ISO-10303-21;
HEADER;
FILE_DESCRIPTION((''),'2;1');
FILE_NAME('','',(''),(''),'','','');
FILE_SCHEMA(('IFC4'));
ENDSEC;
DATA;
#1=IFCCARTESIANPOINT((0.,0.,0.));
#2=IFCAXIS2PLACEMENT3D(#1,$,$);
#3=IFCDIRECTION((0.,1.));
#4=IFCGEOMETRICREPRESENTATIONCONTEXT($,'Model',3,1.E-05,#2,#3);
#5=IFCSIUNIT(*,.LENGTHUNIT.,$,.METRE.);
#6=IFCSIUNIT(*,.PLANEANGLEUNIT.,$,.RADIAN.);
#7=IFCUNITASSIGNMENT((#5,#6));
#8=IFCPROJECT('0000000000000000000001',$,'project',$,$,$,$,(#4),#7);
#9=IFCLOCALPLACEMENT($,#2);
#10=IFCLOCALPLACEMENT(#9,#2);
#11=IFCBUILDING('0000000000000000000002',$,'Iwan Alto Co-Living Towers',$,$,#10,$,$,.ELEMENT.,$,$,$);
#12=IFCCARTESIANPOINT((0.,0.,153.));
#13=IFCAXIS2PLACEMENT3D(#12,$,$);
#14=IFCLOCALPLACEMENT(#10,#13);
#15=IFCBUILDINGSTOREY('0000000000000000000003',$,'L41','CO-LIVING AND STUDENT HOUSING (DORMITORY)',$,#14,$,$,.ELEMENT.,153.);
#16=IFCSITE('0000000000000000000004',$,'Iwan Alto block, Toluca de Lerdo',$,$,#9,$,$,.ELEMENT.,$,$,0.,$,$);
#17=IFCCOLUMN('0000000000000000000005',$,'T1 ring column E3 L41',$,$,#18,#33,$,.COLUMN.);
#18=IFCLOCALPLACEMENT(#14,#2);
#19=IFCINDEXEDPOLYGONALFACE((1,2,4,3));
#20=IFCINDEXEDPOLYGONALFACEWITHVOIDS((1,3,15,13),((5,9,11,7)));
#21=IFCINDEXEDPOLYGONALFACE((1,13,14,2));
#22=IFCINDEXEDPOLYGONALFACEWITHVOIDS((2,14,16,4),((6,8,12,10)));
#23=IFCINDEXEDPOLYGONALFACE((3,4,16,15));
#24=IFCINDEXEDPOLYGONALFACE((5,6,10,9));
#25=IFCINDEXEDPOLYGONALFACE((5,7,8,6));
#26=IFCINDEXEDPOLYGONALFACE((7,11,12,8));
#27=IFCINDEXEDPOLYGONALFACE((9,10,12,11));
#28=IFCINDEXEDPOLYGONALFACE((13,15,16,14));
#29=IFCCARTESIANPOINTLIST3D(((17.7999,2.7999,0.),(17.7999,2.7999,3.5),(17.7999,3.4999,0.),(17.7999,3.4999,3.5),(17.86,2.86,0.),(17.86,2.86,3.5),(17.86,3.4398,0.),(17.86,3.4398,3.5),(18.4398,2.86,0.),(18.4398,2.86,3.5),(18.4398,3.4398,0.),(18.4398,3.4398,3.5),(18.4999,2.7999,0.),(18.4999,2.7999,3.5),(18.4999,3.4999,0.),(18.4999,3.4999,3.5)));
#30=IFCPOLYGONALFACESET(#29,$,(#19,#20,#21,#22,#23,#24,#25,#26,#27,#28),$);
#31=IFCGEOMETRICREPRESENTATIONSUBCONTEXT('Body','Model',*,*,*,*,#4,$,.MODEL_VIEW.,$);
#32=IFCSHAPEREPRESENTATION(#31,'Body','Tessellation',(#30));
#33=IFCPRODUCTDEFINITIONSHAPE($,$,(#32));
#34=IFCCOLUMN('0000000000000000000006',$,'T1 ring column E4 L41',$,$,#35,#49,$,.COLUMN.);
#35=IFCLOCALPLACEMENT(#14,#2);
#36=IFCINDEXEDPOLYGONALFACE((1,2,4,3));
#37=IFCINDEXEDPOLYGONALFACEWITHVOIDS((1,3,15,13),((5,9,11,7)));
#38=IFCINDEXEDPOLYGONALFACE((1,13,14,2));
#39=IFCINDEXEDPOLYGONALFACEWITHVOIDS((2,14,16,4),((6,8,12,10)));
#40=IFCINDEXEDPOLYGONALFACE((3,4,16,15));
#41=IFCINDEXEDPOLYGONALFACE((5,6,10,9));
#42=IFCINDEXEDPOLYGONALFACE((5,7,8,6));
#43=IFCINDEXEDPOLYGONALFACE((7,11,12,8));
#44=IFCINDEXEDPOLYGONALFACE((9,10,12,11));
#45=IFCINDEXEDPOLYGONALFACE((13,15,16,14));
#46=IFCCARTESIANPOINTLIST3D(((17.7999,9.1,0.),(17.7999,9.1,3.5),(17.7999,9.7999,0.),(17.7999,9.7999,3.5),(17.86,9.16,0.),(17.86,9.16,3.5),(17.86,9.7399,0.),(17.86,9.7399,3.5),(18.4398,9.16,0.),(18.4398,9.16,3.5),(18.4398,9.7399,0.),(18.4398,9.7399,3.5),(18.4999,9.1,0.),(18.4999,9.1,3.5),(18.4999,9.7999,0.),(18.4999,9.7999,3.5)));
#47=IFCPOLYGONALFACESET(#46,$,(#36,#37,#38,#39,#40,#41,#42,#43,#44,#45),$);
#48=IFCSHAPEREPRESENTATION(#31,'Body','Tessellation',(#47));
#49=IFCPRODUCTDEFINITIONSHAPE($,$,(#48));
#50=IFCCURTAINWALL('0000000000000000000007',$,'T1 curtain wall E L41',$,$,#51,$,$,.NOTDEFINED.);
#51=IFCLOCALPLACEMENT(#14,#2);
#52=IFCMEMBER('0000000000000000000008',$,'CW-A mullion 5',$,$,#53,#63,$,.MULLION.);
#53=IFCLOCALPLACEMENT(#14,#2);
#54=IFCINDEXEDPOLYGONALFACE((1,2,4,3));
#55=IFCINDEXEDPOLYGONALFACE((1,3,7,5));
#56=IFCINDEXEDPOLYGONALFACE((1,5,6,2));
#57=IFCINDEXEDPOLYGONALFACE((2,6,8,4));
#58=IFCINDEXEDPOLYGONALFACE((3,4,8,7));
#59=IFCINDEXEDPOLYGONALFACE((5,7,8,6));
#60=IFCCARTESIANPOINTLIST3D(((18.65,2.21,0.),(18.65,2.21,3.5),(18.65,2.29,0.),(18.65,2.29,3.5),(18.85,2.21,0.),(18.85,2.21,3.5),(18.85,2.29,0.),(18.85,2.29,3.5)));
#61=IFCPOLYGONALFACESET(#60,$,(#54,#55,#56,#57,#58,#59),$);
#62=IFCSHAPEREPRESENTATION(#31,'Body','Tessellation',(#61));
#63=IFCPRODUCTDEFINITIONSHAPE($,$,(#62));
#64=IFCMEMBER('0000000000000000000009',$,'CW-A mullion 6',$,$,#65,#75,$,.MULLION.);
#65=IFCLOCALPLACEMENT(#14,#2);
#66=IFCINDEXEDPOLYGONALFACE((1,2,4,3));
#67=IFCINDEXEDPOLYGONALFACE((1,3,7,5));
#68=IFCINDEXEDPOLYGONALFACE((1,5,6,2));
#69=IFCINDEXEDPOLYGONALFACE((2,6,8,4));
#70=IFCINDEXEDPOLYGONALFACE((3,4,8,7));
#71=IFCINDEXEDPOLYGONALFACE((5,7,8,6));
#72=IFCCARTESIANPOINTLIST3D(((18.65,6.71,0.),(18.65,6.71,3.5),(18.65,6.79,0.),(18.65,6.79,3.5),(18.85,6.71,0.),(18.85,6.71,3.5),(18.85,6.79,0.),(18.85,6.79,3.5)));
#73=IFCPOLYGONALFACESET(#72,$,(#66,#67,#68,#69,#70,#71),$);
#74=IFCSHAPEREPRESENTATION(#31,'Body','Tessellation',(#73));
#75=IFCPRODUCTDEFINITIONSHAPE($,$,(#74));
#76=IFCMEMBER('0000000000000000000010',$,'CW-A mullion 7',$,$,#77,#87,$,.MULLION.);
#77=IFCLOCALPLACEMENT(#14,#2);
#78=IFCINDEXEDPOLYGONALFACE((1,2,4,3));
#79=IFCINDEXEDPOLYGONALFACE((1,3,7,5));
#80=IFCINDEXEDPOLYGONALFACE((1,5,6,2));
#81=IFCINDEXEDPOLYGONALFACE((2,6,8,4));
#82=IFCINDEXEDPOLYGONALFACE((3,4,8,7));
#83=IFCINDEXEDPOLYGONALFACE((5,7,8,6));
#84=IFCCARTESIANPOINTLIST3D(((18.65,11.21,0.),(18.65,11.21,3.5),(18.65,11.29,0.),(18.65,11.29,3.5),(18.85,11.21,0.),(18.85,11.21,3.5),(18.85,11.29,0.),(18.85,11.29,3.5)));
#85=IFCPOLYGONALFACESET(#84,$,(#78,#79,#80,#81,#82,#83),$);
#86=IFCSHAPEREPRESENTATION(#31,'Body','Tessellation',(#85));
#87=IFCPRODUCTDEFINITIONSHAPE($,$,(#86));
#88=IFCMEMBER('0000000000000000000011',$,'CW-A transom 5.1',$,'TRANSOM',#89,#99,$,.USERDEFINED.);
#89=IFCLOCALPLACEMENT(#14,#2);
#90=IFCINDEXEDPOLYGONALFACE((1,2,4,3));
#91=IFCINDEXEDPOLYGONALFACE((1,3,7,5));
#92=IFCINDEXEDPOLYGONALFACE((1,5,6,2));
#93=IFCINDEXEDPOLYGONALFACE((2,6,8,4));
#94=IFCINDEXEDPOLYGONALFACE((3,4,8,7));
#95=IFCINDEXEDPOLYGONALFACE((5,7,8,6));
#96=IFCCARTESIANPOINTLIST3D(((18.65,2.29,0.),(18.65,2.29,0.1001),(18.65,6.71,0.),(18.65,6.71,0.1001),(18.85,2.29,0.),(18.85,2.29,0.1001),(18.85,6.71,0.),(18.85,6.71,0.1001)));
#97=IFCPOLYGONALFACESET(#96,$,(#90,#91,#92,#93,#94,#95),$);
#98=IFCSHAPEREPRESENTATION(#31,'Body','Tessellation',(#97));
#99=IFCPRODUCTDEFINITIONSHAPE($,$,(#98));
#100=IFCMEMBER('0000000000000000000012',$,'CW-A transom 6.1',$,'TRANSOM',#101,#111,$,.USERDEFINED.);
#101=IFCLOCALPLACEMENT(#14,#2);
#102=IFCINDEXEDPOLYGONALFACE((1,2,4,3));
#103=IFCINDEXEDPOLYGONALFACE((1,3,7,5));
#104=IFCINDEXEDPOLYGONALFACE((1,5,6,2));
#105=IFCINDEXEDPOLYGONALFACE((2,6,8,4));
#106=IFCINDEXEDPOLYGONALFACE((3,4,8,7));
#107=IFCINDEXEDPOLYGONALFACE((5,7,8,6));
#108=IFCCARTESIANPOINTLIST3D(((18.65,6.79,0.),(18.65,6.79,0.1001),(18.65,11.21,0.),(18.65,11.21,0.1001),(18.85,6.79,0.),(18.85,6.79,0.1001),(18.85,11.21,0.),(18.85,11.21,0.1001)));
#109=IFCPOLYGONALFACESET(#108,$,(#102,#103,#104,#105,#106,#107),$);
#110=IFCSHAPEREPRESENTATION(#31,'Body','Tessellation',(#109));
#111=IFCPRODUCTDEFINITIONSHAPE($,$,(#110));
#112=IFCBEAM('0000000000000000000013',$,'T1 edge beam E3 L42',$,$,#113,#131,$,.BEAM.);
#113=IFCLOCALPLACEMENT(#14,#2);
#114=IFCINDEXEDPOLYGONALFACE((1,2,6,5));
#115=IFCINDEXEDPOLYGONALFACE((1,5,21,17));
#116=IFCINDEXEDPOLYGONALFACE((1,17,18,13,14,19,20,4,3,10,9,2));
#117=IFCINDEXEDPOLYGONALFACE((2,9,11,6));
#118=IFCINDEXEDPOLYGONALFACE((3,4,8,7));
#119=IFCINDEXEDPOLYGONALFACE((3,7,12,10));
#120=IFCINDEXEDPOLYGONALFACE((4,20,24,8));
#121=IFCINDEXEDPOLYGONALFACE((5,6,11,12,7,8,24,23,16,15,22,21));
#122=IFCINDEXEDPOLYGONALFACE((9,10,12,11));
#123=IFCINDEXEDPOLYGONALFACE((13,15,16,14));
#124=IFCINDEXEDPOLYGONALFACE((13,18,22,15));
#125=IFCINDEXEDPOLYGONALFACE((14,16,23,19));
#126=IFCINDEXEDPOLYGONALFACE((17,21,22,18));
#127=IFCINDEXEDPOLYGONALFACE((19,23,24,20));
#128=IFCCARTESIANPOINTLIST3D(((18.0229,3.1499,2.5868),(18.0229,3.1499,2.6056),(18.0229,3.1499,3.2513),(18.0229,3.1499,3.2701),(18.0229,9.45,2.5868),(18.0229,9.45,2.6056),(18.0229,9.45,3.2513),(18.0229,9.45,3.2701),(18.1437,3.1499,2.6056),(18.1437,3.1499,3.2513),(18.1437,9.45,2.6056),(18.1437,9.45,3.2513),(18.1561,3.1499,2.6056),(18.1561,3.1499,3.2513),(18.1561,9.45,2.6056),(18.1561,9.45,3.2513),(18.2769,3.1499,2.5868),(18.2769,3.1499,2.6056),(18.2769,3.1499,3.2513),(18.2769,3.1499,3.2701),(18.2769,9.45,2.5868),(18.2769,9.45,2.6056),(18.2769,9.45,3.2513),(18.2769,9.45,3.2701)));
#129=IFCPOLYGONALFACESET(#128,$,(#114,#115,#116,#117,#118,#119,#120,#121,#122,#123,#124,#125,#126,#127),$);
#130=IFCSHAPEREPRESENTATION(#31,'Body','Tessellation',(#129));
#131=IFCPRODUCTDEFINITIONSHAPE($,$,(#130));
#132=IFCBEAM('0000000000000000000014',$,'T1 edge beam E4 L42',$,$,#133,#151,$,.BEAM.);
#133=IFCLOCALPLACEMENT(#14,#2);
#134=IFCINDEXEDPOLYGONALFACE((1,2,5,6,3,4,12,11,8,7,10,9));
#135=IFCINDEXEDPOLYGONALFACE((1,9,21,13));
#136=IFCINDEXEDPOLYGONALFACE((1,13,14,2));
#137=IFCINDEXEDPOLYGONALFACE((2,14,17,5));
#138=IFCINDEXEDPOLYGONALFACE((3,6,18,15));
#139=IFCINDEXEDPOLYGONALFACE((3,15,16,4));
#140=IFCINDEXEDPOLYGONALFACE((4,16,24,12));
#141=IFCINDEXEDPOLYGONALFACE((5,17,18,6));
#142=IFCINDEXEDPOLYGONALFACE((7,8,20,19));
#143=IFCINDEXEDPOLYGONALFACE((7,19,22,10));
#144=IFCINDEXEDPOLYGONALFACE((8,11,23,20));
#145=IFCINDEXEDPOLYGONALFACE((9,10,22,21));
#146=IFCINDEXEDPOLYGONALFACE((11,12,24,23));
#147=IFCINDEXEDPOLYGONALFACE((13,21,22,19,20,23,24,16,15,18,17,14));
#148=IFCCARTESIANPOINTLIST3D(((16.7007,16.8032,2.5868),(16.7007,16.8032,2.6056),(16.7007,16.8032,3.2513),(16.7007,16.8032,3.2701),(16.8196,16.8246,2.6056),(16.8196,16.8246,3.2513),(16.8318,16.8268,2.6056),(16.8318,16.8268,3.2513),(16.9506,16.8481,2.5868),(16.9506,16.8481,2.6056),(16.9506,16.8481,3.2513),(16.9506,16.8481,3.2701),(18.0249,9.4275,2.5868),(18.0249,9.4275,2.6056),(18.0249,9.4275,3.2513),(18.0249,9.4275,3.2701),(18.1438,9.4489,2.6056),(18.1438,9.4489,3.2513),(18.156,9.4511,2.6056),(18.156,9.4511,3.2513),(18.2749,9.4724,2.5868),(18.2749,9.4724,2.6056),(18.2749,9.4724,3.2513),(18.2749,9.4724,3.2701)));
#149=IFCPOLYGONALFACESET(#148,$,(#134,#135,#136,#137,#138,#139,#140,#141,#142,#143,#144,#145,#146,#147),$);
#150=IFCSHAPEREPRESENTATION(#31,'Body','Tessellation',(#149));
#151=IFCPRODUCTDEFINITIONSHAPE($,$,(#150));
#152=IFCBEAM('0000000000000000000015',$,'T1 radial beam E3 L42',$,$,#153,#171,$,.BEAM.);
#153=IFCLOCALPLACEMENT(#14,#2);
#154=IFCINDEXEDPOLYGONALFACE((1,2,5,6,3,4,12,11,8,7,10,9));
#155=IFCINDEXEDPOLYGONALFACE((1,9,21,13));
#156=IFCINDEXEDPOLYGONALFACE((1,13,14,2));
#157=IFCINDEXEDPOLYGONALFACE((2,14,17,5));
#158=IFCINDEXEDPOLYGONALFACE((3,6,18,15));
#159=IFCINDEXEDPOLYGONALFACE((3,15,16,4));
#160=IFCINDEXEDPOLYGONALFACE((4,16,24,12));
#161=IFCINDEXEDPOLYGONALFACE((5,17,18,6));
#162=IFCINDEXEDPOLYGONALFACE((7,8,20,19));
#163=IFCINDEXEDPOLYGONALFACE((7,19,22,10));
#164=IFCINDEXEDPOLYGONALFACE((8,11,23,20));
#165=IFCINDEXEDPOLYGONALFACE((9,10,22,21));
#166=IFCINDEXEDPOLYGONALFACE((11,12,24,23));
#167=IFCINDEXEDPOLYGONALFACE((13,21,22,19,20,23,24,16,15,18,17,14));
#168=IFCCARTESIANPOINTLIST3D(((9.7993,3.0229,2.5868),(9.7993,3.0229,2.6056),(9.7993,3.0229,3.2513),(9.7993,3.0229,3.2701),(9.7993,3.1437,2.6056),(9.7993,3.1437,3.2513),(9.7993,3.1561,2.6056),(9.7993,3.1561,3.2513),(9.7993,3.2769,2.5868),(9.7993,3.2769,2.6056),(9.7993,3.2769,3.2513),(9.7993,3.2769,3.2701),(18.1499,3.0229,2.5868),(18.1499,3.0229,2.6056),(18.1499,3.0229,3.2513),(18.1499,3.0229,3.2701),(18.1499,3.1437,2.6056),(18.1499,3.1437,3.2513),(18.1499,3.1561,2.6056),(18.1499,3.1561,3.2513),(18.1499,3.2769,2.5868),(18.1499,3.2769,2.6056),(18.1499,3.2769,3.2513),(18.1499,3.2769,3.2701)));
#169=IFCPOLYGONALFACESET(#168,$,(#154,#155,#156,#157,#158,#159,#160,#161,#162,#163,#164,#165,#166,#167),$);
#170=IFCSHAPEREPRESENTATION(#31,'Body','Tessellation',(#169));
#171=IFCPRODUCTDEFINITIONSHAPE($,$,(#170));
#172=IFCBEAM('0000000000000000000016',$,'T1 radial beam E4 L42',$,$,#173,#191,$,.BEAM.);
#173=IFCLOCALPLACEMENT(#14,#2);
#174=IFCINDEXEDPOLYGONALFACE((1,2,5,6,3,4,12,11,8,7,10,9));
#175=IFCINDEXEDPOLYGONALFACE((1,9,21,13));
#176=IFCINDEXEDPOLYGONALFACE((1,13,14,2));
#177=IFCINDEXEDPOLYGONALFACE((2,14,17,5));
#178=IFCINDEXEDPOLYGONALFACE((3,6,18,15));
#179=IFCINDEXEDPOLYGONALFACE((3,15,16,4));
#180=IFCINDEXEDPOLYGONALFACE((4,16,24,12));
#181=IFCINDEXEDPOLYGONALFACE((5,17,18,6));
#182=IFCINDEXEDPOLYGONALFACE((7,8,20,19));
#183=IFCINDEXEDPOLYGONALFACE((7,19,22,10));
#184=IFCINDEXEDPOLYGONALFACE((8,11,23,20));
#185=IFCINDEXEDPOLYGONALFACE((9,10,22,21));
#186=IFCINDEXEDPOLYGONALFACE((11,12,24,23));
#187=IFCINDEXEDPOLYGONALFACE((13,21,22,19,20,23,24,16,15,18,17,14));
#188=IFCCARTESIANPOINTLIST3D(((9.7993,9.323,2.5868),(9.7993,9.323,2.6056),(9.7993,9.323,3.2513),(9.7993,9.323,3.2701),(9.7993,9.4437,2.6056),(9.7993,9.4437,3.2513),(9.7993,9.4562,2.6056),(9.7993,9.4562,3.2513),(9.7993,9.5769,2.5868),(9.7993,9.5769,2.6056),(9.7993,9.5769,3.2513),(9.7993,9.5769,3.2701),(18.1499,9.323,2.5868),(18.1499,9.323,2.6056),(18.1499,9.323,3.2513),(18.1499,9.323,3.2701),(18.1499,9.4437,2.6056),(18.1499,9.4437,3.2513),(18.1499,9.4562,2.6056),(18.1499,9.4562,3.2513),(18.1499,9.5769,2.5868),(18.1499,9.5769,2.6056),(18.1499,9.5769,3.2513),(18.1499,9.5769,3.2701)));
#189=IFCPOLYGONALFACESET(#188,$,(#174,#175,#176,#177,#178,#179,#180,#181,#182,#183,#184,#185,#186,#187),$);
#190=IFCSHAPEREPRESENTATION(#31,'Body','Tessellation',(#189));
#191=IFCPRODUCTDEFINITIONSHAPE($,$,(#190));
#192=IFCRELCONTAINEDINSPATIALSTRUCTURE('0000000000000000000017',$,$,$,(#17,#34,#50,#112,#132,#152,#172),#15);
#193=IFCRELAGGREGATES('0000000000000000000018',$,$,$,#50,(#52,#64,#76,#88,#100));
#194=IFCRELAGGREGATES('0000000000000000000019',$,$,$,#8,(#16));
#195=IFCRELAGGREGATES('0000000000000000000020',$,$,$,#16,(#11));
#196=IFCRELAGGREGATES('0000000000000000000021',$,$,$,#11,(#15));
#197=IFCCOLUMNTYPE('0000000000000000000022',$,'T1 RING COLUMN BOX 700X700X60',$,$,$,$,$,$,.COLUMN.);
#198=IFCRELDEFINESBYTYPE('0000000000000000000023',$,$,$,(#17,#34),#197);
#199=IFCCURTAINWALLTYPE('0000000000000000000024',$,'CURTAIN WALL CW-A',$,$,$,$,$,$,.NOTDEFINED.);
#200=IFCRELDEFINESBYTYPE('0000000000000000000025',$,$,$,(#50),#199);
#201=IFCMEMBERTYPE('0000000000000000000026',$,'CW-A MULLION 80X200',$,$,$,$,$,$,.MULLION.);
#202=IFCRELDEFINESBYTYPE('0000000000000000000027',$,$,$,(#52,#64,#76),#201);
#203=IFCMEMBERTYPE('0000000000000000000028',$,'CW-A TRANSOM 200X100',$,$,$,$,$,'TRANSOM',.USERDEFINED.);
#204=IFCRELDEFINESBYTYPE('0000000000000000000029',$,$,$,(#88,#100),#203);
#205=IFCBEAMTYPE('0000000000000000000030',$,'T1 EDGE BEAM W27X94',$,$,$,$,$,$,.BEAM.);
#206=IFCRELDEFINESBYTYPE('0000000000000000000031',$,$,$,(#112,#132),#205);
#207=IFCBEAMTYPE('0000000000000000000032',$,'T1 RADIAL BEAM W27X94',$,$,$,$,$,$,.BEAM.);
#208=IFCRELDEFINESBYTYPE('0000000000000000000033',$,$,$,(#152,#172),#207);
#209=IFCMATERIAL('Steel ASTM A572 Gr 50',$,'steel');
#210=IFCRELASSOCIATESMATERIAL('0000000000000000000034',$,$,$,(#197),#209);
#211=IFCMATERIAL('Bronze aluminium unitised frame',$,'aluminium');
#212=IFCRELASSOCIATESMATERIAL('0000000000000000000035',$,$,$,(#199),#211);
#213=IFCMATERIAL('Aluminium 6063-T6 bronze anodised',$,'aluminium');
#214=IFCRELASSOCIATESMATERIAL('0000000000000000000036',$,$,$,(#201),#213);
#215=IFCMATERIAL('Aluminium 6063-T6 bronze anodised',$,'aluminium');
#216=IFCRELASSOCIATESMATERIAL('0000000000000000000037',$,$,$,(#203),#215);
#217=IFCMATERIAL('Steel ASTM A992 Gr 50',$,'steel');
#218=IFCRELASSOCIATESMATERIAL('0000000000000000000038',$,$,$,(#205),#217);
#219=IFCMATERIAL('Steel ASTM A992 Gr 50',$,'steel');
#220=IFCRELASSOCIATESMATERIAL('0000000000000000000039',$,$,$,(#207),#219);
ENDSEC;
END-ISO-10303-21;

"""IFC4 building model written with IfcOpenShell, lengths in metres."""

from ifc_helpers import new_model, si_unit, direction, frame, origin, origin_2d, place, context, subcontext, project, spatial, rectangle, hollow_rectangle, i_section, extrude, material, material_profile, profile_set, type_object, element, aggregate, save


model = new_model("IFC4")

# Units and contexts
model_context = context("Model", 3, precision=1e-05, world=origin(), true_north=direction((0.0, 1.0)))
body_context = subcontext(model_context, "Body", "Model", "MODEL_VIEW")
ifc_project = project(units=[si_unit("LENGTHUNIT", "METRE"), si_unit("PLANEANGLEUNIT", "RADIAN")], contexts=[model_context])

# Site, building, storey
site_placement = place(None, origin())
site = spatial("IfcSite", under=ifc_project, at=site_placement, Name="Iwan Alto block, Toluca de Lerdo", CompositionType="ELEMENT", RefElevation=0.0)
building_placement = place(site_placement, origin())
building = spatial("IfcBuilding", under=site, at=building_placement, Name="Iwan Alto Co-Living Towers", CompositionType="ELEMENT")
storey_placement = place(building_placement, frame((0.0, 0.0, 153.0)))
storey = spatial("IfcBuildingStorey", under=building, at=storey_placement, Name="L41", Description="CO-LIVING AND STUDENT HOUSING (DORMITORY)", CompositionType="ELEMENT", Elevation=153.0)

# Columns
ifc_material_1 = material(Name="Steel ASTM A572 Gr 50", Category="steel")
ifc_material_profile_1 = material_profile(ifc_material_1, hollow_rectangle(XDim=0.7, YDim=0.7, WallThickness=0.0601, at=origin_2d()), Name="BOX 700X700X60")
ifc_profile_set_1 = profile_set([ifc_material_profile_1], Name="Steel ASTM A572 Gr 50")
column_type = type_object("IfcColumnType", Name="T1 RING COLUMN BOX 700X700X60", PredefinedType="COLUMN", material=ifc_profile_set_1)
for number, where, z_axis, x_axis, name in (
    (1, (18.1499, 3.1499, 0.0), (0.0, 0.0, 1.0), (1.0, 0.0, 0.0), "T1 ring column E3 L41"),
    (2, (18.1499, 9.45, 0.0), (0.0, 0.0, 1.0), (1.0, 0.0, 0.0), "T1 ring column E4 L41"),
):
    element("IfcColumn", number, at=place(storey_placement, frame(where, z_axis=z_axis, x_axis=x_axis)), inside=storey, type_object=column_type, Name=name, PredefinedType="COLUMN", context=body_context, shape_type="SweptSolid", body=[
        extrude(hollow_rectangle(XDim=0.7, YDim=0.7, WallThickness=0.0601, at=origin_2d()), origin(), (0.0, 0.0, 1.0), 3.5),
    ])

# Curtain wall, members
ifc_material_2 = material(Name="Bronze aluminium unitised frame", Category="aluminium")
curtain_wall_type = type_object("IfcCurtainWallType", Name="CURTAIN WALL CW-A", PredefinedType="NOTDEFINED", material=ifc_material_2)
curtain_wall_placement = place(storey_placement, origin())
curtain_wall = element("IfcCurtainWall", 3, at=curtain_wall_placement, inside=storey, type_object=curtain_wall_type, Name="T1 curtain wall E L41", PredefinedType="NOTDEFINED")
ifc_material_3 = material(Name="Aluminium 6063-T6 bronze anodised", Category="aluminium")
ifc_material_profile_2 = material_profile(ifc_material_3, rectangle(XDim=0.2, YDim=0.0801, at=origin_2d()), Name="AL 80X200")
ifc_profile_set_2 = profile_set([ifc_material_profile_2], Name="Aluminium 6063-T6 bronze anodised")
member_type_1 = type_object("IfcMemberType", Name="CW-A MULLION 80X200", PredefinedType="MULLION", material=ifc_profile_set_2)
member_1_placement = place(storey_placement, frame((18.75, 2.25, 0.0), z_axis=(0.0, 0.0, 1.0), x_axis=(-1.0, 0.0, 0.0)))
member_1 = element("IfcMember", 4, at=member_1_placement, type_object=member_type_1, Name="CW-A mullion 5", PredefinedType="MULLION", context=body_context, shape_type="SweptSolid", body=[
    extrude(rectangle(XDim=0.2, YDim=0.0801, at=origin_2d()), origin(), (0.0, 0.0, 1.0), 3.5),
])
member_2_placement = place(storey_placement, frame((18.75, 6.75, 0.0), z_axis=(0.0, 0.0, 1.0), x_axis=(-1.0, 0.0, 0.0)))
member_2 = element("IfcMember", 5, at=member_2_placement, type_object=member_type_1, Name="CW-A mullion 6", PredefinedType="MULLION", context=body_context, shape_type="SweptSolid", body=[
    extrude(rectangle(XDim=0.2, YDim=0.0801, at=origin_2d()), origin(), (0.0, 0.0, 1.0), 3.5),
])
member_3_placement = place(storey_placement, frame((18.75, 11.25, 0.0), z_axis=(0.0, 0.0, 1.0), x_axis=(-1.0, 0.0, 0.0)))
member_3 = element("IfcMember", 6, at=member_3_placement, type_object=member_type_1, Name="CW-A mullion 7", PredefinedType="MULLION", context=body_context, shape_type="SweptSolid", body=[
    extrude(rectangle(XDim=0.2, YDim=0.0801, at=origin_2d()), origin(), (0.0, 0.0, 1.0), 3.5),
])
ifc_material_4 = material(Name="Aluminium 6063-T6 bronze anodised", Category="aluminium")
ifc_material_profile_3 = material_profile(ifc_material_4, rectangle(XDim=0.2, YDim=0.1001, at=origin_2d()), Name="AL 200X100")
ifc_profile_set_3 = profile_set([ifc_material_profile_3], Name="Aluminium 6063-T6 bronze anodised")
member_type_2 = type_object("IfcMemberType", Name="CW-A TRANSOM 200X100", ElementType="TRANSOM", PredefinedType="USERDEFINED", material=ifc_profile_set_3)
member_4_placement = place(storey_placement, frame((18.75, 2.29, 0.05), z_axis=(0.0, 1.0, 0.0), x_axis=(-1.0, 0.0, 0.0)))
member_4 = element("IfcMember", 7, at=member_4_placement, type_object=member_type_2, Name="CW-A transom 5.1", ObjectType="TRANSOM", PredefinedType="USERDEFINED", context=body_context, shape_type="SweptSolid", body=[
    extrude(rectangle(XDim=0.2, YDim=0.1001, at=origin_2d()), origin(), (0.0, 0.0, 1.0), 4.4199),
])
member_5_placement = place(storey_placement, frame((18.75, 6.79, 0.05), z_axis=(0.0, 1.0, 0.0), x_axis=(-1.0, 0.0, 0.0)))
member_5 = element("IfcMember", 8, at=member_5_placement, type_object=member_type_2, Name="CW-A transom 6.1", ObjectType="TRANSOM", PredefinedType="USERDEFINED", context=body_context, shape_type="SweptSolid", body=[
    extrude(rectangle(XDim=0.2, YDim=0.1001, at=origin_2d()), origin(), (0.0, 0.0, 1.0), 4.4199),
])

# Beams
ifc_material_5 = material(Name="Steel ASTM A992 Gr 50", Category="steel")
ifc_material_profile_4 = material_profile(ifc_material_5, i_section(OverallWidth=0.2539, OverallDepth=0.6833, WebThickness=0.0125, FlangeThickness=0.0188, at=origin_2d()), Name="W27X94")
ifc_profile_set_4 = profile_set([ifc_material_profile_4], Name="Steel ASTM A992 Gr 50")
beam_type_1 = type_object("IfcBeamType", Name="T1 EDGE BEAM W27X94", PredefinedType="BEAM", material=ifc_profile_set_4)
beam_1_placement = place(storey_placement, frame((18.1499, 3.1499, 2.9285), z_axis=(0.0, 1.0, 0.0), x_axis=(-1.0, 0.0, 0.0)))
element("IfcBeam", 9, at=beam_1_placement, inside=storey, type_object=beam_type_1, Name="T1 edge beam E3 L42", PredefinedType="BEAM", context=body_context, shape_type="SweptSolid", body=[
    extrude(i_section(OverallWidth=0.2539, OverallDepth=0.6833, WebThickness=0.0125, FlangeThickness=0.0188, at=origin_2d()), origin(), (0.0, 0.0, 1.0), 6.3),
])
beam_2_placement = place(storey_placement, frame((18.1499, 9.45, 2.9285), z_axis=(-0.176712, 0.984263, 0.0), x_axis=(-0.984263, -0.176712, 0.0)))
element("IfcBeam", 10, at=beam_2_placement, inside=storey, type_object=beam_type_1, Name="T1 edge beam E4 L42", PredefinedType="BEAM", context=body_context, shape_type="SweptSolid", body=[
    extrude(i_section(OverallWidth=0.2539, OverallDepth=0.6833, WebThickness=0.0125, FlangeThickness=0.0188, at=origin_2d()), origin(), (0.0, 0.0, 1.0), 7.4937),
])
ifc_material_6 = material(Name="Steel ASTM A992 Gr 50", Category="steel")
ifc_material_profile_5 = material_profile(ifc_material_6, i_section(OverallWidth=0.2539, OverallDepth=0.6833, WebThickness=0.0125, FlangeThickness=0.0188, at=origin_2d()), Name="W27X94")
ifc_profile_set_5 = profile_set([ifc_material_profile_5], Name="Steel ASTM A992 Gr 50")
beam_type_2 = type_object("IfcBeamType", Name="T1 RADIAL BEAM W27X94", PredefinedType="BEAM", material=ifc_profile_set_5)
for number, where, z_axis, x_axis, name in (
    (11, (18.1499, 3.1499, 2.9285), (-1.0, 0.0, 0.0), (0.0, -1.0, 0.0), "T1 radial beam E3 L42"),
    (12, (18.1499, 9.45, 2.9285), (-1.0, 0.0, 0.0), (0.0, -1.0, 0.0), "T1 radial beam E4 L42"),
):
    element("IfcBeam", number, at=place(storey_placement, frame(where, z_axis=z_axis, x_axis=x_axis)), inside=storey, type_object=beam_type_2, Name=name, PredefinedType="BEAM", context=body_context, shape_type="SweptSolid", body=[
        extrude(i_section(OverallWidth=0.2539, OverallDepth=0.6833, WebThickness=0.0125, FlangeThickness=0.0188, at=origin_2d()), origin(), (0.0, 0.0, 1.0), 8.3506),
    ])

aggregate(curtain_wall, [member_1, member_2, member_3, member_4, member_5])

save(model, "model.ifc")
